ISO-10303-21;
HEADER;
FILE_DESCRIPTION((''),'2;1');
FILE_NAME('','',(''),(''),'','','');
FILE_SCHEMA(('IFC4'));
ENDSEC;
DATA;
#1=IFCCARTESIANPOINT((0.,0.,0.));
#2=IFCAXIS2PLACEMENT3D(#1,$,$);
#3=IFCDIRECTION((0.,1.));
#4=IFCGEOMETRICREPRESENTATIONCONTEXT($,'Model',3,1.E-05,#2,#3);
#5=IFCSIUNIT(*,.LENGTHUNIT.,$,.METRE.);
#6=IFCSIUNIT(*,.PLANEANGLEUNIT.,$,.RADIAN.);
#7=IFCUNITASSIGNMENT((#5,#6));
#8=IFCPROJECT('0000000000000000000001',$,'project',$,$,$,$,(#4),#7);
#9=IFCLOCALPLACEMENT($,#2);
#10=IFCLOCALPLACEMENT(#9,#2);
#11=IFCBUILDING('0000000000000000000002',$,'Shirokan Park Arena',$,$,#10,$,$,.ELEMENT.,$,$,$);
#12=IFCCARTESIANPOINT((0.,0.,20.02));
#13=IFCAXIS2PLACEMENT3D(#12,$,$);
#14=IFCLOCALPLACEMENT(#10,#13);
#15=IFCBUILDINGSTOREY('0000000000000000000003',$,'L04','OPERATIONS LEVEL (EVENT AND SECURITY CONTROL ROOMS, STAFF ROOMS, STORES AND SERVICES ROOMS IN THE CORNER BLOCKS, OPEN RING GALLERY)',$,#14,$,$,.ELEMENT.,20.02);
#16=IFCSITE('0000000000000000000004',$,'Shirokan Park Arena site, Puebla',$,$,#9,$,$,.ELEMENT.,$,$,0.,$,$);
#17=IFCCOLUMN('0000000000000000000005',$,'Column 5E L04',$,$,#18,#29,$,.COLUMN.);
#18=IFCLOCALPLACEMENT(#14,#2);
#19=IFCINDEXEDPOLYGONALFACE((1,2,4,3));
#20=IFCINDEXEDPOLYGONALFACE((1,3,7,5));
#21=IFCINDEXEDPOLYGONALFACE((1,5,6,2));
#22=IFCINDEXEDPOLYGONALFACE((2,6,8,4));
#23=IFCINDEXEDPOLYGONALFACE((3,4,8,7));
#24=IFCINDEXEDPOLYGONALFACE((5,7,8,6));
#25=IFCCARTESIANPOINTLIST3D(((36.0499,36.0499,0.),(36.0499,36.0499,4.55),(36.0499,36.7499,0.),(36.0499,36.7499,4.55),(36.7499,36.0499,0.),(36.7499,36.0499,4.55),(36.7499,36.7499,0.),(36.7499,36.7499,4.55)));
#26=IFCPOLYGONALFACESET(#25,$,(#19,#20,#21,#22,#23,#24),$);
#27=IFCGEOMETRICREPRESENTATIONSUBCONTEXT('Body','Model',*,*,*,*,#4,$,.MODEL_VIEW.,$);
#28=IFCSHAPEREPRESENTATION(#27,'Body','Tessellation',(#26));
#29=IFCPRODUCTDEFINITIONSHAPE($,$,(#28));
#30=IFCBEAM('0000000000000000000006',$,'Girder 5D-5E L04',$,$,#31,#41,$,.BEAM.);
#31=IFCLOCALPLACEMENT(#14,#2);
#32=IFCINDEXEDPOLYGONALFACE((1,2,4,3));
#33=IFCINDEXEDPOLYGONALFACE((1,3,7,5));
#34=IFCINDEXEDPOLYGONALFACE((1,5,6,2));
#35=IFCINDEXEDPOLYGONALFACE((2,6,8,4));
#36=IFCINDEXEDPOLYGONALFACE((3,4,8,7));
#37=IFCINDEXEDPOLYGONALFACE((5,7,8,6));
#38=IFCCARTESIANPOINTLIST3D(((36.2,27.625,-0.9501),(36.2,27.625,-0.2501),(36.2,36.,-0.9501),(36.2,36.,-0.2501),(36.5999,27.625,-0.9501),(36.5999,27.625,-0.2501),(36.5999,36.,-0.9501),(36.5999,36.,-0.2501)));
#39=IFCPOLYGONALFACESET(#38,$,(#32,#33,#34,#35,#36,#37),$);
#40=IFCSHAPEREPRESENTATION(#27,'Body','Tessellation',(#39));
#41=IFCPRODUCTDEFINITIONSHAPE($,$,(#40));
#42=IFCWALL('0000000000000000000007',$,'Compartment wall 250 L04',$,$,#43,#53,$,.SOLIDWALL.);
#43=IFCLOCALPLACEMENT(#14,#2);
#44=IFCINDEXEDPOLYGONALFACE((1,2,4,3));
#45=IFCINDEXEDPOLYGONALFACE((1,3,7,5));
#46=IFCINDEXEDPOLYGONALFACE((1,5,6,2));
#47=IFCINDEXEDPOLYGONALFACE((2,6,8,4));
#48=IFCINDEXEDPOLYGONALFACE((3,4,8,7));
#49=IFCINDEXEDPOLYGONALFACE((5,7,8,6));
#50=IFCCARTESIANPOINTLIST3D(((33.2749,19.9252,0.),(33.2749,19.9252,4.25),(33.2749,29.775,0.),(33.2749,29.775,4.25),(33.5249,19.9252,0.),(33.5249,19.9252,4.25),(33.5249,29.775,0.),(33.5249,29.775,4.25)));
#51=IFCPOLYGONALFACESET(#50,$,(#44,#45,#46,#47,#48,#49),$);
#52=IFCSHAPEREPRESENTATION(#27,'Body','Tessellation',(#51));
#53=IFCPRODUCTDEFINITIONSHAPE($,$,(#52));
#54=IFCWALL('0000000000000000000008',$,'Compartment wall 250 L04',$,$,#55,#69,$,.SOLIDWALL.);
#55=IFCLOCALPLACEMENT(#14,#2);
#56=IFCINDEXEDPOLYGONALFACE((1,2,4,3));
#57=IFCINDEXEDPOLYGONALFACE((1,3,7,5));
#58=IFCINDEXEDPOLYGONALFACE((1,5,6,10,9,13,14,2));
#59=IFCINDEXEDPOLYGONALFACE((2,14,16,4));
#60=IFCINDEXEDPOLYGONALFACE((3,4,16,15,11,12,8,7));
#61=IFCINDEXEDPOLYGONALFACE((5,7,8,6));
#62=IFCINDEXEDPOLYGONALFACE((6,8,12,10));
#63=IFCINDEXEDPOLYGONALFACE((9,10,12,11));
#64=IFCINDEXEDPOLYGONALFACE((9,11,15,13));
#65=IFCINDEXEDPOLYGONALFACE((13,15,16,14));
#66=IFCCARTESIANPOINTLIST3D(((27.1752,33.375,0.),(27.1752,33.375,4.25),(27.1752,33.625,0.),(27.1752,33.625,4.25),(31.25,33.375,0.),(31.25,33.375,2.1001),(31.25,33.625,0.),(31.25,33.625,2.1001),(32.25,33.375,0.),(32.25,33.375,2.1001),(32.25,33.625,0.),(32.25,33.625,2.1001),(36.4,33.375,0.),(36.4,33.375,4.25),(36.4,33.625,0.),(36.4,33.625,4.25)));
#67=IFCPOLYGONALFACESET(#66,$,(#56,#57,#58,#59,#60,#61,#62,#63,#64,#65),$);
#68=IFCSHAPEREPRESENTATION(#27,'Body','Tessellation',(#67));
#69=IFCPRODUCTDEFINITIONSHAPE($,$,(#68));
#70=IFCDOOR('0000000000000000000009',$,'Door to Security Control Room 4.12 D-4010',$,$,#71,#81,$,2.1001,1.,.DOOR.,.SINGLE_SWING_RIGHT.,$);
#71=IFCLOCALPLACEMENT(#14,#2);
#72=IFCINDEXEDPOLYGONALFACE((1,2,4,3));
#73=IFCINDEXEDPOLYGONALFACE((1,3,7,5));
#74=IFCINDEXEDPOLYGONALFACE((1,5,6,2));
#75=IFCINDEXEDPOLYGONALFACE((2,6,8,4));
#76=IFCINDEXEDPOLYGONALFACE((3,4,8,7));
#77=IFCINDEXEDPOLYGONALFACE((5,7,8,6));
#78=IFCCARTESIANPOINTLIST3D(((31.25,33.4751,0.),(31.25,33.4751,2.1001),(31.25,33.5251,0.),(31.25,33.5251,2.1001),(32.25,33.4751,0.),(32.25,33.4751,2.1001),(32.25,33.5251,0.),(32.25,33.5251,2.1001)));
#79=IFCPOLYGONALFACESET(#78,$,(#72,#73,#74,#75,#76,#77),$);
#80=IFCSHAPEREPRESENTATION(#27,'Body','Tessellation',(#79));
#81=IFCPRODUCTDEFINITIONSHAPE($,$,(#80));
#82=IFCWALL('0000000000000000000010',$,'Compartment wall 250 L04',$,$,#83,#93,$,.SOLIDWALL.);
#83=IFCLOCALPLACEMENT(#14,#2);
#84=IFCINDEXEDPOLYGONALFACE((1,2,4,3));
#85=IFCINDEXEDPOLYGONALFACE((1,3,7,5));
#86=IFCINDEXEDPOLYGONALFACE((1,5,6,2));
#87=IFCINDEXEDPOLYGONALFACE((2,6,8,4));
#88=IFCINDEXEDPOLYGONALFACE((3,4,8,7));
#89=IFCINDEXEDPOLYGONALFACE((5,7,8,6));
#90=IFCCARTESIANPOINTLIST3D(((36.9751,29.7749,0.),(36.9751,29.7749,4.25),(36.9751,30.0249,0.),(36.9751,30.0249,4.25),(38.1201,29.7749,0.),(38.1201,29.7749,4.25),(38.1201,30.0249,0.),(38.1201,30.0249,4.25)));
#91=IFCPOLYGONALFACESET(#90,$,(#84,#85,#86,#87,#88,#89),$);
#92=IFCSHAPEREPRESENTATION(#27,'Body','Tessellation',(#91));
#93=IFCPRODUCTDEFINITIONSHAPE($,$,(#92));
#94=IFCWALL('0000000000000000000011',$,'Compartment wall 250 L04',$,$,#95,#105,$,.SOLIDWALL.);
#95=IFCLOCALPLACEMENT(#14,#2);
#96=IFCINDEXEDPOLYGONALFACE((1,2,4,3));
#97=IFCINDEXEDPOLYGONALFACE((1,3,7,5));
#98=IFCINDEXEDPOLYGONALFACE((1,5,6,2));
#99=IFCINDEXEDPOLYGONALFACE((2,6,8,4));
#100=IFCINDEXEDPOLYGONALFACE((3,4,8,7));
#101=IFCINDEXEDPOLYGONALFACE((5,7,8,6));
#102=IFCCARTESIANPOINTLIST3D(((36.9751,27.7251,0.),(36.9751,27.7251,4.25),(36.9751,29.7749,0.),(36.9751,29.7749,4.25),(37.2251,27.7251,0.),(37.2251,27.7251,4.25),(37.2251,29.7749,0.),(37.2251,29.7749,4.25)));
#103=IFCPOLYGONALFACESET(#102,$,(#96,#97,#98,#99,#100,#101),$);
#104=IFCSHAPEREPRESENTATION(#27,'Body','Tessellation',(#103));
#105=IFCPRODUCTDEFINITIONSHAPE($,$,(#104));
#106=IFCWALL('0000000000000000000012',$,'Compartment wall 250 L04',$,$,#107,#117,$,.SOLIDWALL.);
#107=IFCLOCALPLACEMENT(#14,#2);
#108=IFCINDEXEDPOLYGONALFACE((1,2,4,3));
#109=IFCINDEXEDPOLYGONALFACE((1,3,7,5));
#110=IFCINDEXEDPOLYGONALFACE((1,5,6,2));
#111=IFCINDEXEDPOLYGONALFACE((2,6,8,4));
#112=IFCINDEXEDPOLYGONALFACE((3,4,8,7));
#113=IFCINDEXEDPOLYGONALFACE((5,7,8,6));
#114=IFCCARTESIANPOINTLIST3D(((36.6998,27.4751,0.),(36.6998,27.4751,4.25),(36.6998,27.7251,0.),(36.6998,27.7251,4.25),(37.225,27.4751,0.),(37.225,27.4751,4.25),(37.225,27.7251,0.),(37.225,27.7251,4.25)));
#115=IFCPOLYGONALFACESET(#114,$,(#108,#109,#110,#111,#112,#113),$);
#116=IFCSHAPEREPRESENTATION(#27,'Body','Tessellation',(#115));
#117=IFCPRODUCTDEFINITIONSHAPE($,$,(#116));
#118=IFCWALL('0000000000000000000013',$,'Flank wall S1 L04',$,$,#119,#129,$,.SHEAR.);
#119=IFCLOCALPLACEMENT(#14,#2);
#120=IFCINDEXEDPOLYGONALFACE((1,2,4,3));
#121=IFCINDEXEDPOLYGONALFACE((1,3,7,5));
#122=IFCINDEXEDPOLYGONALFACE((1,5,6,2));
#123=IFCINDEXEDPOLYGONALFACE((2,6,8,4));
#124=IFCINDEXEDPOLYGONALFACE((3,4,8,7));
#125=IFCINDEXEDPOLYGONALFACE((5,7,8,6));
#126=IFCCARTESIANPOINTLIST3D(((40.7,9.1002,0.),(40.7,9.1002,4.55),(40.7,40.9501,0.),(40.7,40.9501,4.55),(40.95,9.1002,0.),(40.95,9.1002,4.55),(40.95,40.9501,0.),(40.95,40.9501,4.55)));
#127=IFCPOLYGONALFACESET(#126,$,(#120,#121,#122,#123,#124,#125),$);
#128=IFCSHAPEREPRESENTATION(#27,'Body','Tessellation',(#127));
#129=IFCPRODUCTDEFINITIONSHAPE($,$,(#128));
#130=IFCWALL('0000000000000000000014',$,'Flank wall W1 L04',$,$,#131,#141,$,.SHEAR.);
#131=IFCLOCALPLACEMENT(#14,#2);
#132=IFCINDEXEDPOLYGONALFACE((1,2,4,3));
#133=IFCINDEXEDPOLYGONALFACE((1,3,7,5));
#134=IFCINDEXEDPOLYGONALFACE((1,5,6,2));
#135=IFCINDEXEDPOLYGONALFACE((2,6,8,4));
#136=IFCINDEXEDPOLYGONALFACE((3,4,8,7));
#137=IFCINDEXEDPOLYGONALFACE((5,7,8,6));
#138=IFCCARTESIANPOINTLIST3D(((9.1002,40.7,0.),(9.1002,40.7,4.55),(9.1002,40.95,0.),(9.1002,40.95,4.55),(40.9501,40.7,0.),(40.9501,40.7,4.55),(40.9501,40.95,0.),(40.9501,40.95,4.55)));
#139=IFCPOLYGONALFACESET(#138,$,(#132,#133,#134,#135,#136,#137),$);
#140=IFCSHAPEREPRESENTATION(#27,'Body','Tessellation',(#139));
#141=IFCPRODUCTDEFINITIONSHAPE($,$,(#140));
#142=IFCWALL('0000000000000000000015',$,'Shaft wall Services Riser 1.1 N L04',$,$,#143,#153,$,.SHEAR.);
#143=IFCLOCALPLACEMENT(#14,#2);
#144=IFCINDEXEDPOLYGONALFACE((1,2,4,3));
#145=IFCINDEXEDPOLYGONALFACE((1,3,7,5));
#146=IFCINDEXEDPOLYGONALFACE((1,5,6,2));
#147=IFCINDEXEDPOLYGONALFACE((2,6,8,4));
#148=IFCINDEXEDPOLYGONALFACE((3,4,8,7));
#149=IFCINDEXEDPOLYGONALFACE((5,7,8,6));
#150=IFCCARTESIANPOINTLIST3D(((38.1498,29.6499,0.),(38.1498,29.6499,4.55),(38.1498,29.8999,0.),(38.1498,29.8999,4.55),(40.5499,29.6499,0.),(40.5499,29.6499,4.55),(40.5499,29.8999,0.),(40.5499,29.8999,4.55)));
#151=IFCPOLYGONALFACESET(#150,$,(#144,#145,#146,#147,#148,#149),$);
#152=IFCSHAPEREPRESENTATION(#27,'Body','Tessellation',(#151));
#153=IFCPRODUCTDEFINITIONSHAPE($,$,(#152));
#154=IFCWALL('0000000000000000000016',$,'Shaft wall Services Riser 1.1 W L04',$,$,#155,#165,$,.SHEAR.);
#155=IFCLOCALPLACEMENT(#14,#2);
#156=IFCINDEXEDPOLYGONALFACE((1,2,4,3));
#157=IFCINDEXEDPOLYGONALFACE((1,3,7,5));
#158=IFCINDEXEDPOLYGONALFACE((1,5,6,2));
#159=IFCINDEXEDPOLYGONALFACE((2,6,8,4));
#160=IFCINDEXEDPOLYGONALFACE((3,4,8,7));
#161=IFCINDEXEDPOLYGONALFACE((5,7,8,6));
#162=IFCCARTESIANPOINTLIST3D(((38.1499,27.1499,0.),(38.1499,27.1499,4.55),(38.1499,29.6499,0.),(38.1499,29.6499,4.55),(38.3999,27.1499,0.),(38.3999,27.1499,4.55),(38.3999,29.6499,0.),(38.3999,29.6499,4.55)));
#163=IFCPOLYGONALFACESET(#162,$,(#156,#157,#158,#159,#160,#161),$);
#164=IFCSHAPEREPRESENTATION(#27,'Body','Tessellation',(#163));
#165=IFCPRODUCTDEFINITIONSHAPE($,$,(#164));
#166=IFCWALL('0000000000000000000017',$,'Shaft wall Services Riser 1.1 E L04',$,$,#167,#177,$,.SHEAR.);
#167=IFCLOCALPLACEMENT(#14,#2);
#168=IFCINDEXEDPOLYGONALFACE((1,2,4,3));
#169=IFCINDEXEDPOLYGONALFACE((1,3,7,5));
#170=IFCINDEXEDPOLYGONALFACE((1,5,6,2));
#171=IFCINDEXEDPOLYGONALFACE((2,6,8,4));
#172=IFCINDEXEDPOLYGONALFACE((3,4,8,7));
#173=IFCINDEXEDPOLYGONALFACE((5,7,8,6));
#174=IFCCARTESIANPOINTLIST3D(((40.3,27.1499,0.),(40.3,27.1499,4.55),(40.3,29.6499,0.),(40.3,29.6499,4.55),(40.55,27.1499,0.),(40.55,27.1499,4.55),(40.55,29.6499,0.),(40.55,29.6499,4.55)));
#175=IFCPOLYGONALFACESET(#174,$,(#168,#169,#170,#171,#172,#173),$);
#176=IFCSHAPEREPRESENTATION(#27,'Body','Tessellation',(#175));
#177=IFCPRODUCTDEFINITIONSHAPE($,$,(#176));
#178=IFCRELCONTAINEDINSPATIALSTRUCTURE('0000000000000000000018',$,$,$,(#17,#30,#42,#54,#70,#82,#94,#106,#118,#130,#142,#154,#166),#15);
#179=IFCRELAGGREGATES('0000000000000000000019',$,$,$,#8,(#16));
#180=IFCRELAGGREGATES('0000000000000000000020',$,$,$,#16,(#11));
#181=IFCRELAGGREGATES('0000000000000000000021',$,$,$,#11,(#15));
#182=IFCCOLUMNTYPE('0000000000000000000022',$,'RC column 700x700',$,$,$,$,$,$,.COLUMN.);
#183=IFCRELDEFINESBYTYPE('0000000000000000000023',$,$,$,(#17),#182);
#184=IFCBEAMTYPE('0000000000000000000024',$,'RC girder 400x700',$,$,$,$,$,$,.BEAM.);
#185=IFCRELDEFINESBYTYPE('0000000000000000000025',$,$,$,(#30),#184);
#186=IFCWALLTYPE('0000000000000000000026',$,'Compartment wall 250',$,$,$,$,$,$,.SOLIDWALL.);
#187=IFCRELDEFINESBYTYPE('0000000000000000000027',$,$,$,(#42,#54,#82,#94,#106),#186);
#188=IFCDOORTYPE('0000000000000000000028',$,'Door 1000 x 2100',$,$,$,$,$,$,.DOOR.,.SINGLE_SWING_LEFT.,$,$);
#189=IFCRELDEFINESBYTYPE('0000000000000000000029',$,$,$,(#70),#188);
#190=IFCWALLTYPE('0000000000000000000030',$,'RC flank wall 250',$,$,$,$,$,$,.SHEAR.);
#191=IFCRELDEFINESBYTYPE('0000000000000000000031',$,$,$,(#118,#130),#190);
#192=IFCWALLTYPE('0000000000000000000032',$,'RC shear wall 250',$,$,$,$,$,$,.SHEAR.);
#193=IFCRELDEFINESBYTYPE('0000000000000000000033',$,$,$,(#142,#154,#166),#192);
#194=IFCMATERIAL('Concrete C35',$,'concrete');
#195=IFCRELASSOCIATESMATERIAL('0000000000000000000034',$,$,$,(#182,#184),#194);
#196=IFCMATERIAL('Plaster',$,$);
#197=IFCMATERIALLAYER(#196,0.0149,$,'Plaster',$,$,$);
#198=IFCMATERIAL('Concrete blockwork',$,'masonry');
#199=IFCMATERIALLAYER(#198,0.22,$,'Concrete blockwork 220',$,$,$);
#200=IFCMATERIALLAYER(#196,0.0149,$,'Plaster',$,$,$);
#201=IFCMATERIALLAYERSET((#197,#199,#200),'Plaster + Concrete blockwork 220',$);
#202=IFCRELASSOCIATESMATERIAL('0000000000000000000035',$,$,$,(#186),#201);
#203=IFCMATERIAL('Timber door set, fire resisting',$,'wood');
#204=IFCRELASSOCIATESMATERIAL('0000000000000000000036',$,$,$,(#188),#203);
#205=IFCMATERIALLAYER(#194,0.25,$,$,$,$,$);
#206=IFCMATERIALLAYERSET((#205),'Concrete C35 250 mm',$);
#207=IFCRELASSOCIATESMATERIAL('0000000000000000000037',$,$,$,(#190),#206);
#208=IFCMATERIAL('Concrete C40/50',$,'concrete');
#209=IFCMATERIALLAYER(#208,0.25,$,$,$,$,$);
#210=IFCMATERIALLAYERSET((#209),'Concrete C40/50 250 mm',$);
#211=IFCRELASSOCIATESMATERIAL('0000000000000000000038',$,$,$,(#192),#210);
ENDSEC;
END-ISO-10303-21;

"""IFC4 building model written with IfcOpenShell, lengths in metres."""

from ifc_helpers import new_model, si_unit, direction, frame, frame_2d, origin, origin_2d, place, context, subcontext, project, spatial, rectangle, extrude, material, layer, layer_set, material_profile, profile_set, type_object, element, fill, save


model = new_model("IFC4")

# Units and contexts
model_context = context("Model", 3, precision=1e-05, world=origin(), true_north=direction((0.0, 1.0)))
body_context = subcontext(model_context, "Body", "Model", "MODEL_VIEW")
ifc_project = project(units=[si_unit("LENGTHUNIT", "METRE"), si_unit("PLANEANGLEUNIT", "RADIAN")], contexts=[model_context])

# Site, building, storey
site_placement = place(None, origin())
site = spatial("IfcSite", under=ifc_project, at=site_placement, Name="Shirokan Park Arena site, Puebla", CompositionType="ELEMENT", RefElevation=0.0)
building_placement = place(site_placement, origin())
building = spatial("IfcBuilding", under=site, at=building_placement, Name="Shirokan Park Arena", CompositionType="ELEMENT")
storey_placement = place(building_placement, frame((0.0, 0.0, 20.02)))
storey = spatial("IfcBuildingStorey", under=building, at=storey_placement, Name="L04", Description="OPERATIONS LEVEL (EVENT AND SECURITY CONTROL ROOMS, STAFF ROOMS, STORES AND SERVICES ROOMS IN THE CORNER BLOCKS, OPEN RING GALLERY)", CompositionType="ELEMENT", Elevation=20.02)

# Column
ifc_material_1 = material(Name="Concrete C35", Category="concrete")
ifc_material_profile_1 = material_profile(ifc_material_1, rectangle(XDim=0.7, YDim=0.7, at=origin_2d()), Name="700x700")
ifc_profile_set_1 = profile_set([ifc_material_profile_1], Name="Concrete C35")
column_type = type_object("IfcColumnType", Name="RC column 700x700", PredefinedType="COLUMN", material=ifc_profile_set_1)
column_placement = place(storey_placement, frame((36.3999, 36.3999, 0.0), z_axis=(0.0, 0.0, 1.0), x_axis=(1.0, 0.0, 0.0)))
element("IfcColumn", 1, at=column_placement, inside=storey, type_object=column_type, Name="Column 5E L04", PredefinedType="COLUMN", context=body_context, shape_type="SweptSolid", body=[
    extrude(rectangle(XDim=0.7, YDim=0.7, at=origin_2d()), origin(), (0.0, 0.0, 1.0), 4.55),
])

# Beam
ifc_material_profile_2 = material_profile(ifc_material_1, rectangle(XDim=0.3999, YDim=0.7, at=origin_2d()), Name="400x700")
ifc_profile_set_2 = profile_set([ifc_material_profile_2], Name="Concrete C35")
beam_type = type_object("IfcBeamType", Name="RC girder 400x700", PredefinedType="BEAM", material=ifc_profile_set_2)
beam_placement = place(storey_placement, frame((36.3999, 27.625, -0.6001), z_axis=(0.0, 1.0, 0.0), x_axis=(-1.0, 0.0, 0.0)))
element("IfcBeam", 2, at=beam_placement, inside=storey, type_object=beam_type, Name="Girder 5D-5E L04", PredefinedType="BEAM", context=body_context, shape_type="SweptSolid", body=[
    extrude(rectangle(XDim=0.3999, YDim=0.7, at=origin_2d()), origin(), (0.0, 0.0, 1.0), 8.375),
])

# Wall
ifc_material_2 = material(Name="Plaster")
ifc_layer_1 = layer(ifc_material_2, 0.0149, Name="Plaster")
ifc_material_3 = material(Name="Concrete blockwork", Category="masonry")
ifc_layer_2 = layer(ifc_material_3, 0.22, Name="Concrete blockwork 220")
ifc_layer_3 = layer(ifc_material_2, 0.0149, Name="Plaster")
ifc_layer_set_1 = layer_set([ifc_layer_1, ifc_layer_2, ifc_layer_3], Name="Plaster + Concrete blockwork 220")
wall_type_1 = type_object("IfcWallType", Name="Compartment wall 250", PredefinedType="SOLIDWALL", material=ifc_layer_set_1)
wall_1_placement = place(storey_placement, frame((33.3999, 29.7749, 0.0), z_axis=(0.0, 0.0, 1.0), x_axis=(0.0, -1.0, 0.0)))
element("IfcWall", 3, at=wall_1_placement, inside=storey, type_object=wall_type_1, Name="Compartment wall 250 L04", PredefinedType="SOLIDWALL", context=body_context, shape_type="SweptSolid", body=[
    extrude(rectangle(XDim=9.8499, YDim=0.25, at=frame_2d((4.9248, 0.0))), origin(), (0.0, 0.0, 1.0), 4.25),
])

# Wall, opening, door
wall_2_placement = place(storey_placement, frame((36.3999, 33.5, 0.0), z_axis=(0.0, 0.0, 1.0), x_axis=(-1.0, 0.0, 0.0)))
wall_2 = element("IfcWall", 4, at=wall_2_placement, inside=storey, type_object=wall_type_1, Name="Compartment wall 250 L04", PredefinedType="SOLIDWALL", context=body_context, shape_type="SweptSolid", body=[
    extrude(rectangle(XDim=9.2249, YDim=0.25, at=frame_2d((4.6123, 0.0))), origin(), (0.0, 0.0, 1.0), 4.25),
])
opening_1_placement = place(wall_2_placement, frame((4.1499, 0.0, 0.0)))
opening_1 = element("IfcOpeningElement", 5, at=opening_1_placement, cuts=wall_2, PredefinedType="OPENING", context=body_context, shape_type="SweptSolid", body=[
    extrude(rectangle(XDim=1.0, YDim=2.1001, at=frame_2d((0.5, 1.05))), frame((0.0, 0.135, 0.0), z_axis=(0.0, -1.0, 0.0), x_axis=(1.0, 0.0, 0.0)), (0.0, 0.0, 1.0), 0.27),
])
ifc_material_4 = material(Name="Timber door set, fire resisting", Category="wood")
door_type_1 = type_object("IfcDoorType", Name="Door 1000 x 2100", OperationType="SINGLE_SWING_LEFT", PredefinedType="DOOR", material=ifc_material_4)
door_1_placement = place(opening_1_placement, origin())
door_1 = element("IfcDoor", 6, at=door_1_placement, inside=storey, type_object=door_type_1, Name="Door to Security Control Room 4.12 D-4010", OperationType="SINGLE_SWING_RIGHT", OverallHeight=2.1001, OverallWidth=1.0, PredefinedType="DOOR", context=body_context, shape_type="SweptSolid", body=[
    extrude(rectangle(XDim=1.0, YDim=2.1001, at=frame_2d((0.5, 1.05))), frame((0.0, 0.0249, 0.0), z_axis=(0.0, -1.0, 0.0), x_axis=(1.0, 0.0, 0.0)), (0.0, 0.0, 1.0), 0.05),
])
fill(opening_1, door_1)

# Walls
wall_3_placement = place(storey_placement, frame((36.9751, 29.8999, 0.0), z_axis=(0.0, 0.0, 1.0), x_axis=(1.0, 0.0, 0.0)))
element("IfcWall", 7, at=wall_3_placement, inside=storey, type_object=wall_type_1, Name="Compartment wall 250 L04", PredefinedType="SOLIDWALL", context=body_context, shape_type="SweptSolid", body=[
    extrude(rectangle(XDim=1.145, YDim=0.25, at=frame_2d((0.5725, 0.0))), origin(), (0.0, 0.0, 1.0), 4.25),
])
wall_4_placement = place(storey_placement, frame((37.1001, 29.7749, 0.0), z_axis=(0.0, 0.0, 1.0), x_axis=(0.0, -1.0, 0.0)))
element("IfcWall", 8, at=wall_4_placement, inside=storey, type_object=wall_type_1, Name="Compartment wall 250 L04", PredefinedType="SOLIDWALL", context=body_context, shape_type="SweptSolid", body=[
    extrude(rectangle(XDim=2.0498, YDim=0.25, at=frame_2d((1.0249, 0.0))), origin(), (0.0, 0.0, 1.0), 4.25),
])
wall_5_placement = place(storey_placement, frame((37.2251, 27.6001, 0.0), z_axis=(0.0, 0.0, 1.0), x_axis=(-1.0, 0.0, 0.0)))
element("IfcWall", 9, at=wall_5_placement, inside=storey, type_object=wall_type_1, Name="Compartment wall 250 L04", PredefinedType="SOLIDWALL", context=body_context, shape_type="SweptSolid", body=[
    extrude(rectangle(XDim=0.5251, YDim=0.25, at=frame_2d((0.2627, 0.0))), origin(), (0.0, 0.0, 1.0), 4.25),
])
ifc_layer_4 = layer(ifc_material_1, 0.25)
ifc_layer_set_2 = layer_set([ifc_layer_4], Name="Concrete C35 250 mm")
wall_type_2 = type_object("IfcWallType", Name="RC flank wall 250", PredefinedType="SHEAR", material=ifc_layer_set_2)
for number, where, z_axis, x_axis, name in (
    (10, (40.825, 40.95, 0.0), (0.0, 0.0, 1.0), (0.0, -1.0, 0.0), "Flank wall S1 L04"),
    (11, (40.95, 40.825, 0.0), (0.0, 0.0, 1.0), (-1.0, 0.0, 0.0), "Flank wall W1 L04"),
):
    element("IfcWall", number, at=place(storey_placement, frame(where, z_axis=z_axis, x_axis=x_axis)), inside=storey, type_object=wall_type_2, Name=name, PredefinedType="SHEAR", context=body_context, shape_type="SweptSolid", body=[
        extrude(rectangle(XDim=31.8499, YDim=0.25, at=frame_2d((15.9248, 0.0))), origin(), (0.0, 0.0, 1.0), 4.55),
    ])
ifc_material_5 = material(Name="Concrete C40/50", Category="concrete")
ifc_layer_5 = layer(ifc_material_5, 0.25)
ifc_layer_set_3 = layer_set([ifc_layer_5], Name="Concrete C40/50 250 mm")
wall_type_3 = type_object("IfcWallType", Name="RC shear wall 250", PredefinedType="SHEAR", material=ifc_layer_set_3)
wall_6_placement = place(storey_placement, frame((40.55, 29.7749, 0.0), z_axis=(0.0, 0.0, 1.0), x_axis=(-1.0, 0.0, 0.0)))
element("IfcWall", 12, at=wall_6_placement, inside=storey, type_object=wall_type_3, Name="Shaft wall Services Riser 1.1 N L04", PredefinedType="SHEAR", context=body_context, shape_type="SweptSolid", body=[
    extrude(rectangle(XDim=2.4001, YDim=0.25, at=frame_2d((1.2002, 0.0))), origin(), (0.0, 0.0, 1.0), 4.55),
])
for number, where, z_axis, x_axis, name in (
    (13, (38.2749, 29.6499, 0.0), (0.0, 0.0, 1.0), (0.0, -1.0, 0.0), "Shaft wall Services Riser 1.1 W L04"),
    (14, (40.425, 29.6499, 0.0), (0.0, 0.0, 1.0), (0.0, -1.0, 0.0), "Shaft wall Services Riser 1.1 E L04"),
):
    element("IfcWall", number, at=place(storey_placement, frame(where, z_axis=z_axis, x_axis=x_axis)), inside=storey, type_object=wall_type_3, Name=name, PredefinedType="SHEAR", context=body_context, shape_type="SweptSolid", body=[
        extrude(rectangle(XDim=2.5, YDim=0.25, at=frame_2d((1.25, 0.0))), origin(), (0.0, 0.0, 1.0), 4.55),
    ])

save(model, "model.ifc")
